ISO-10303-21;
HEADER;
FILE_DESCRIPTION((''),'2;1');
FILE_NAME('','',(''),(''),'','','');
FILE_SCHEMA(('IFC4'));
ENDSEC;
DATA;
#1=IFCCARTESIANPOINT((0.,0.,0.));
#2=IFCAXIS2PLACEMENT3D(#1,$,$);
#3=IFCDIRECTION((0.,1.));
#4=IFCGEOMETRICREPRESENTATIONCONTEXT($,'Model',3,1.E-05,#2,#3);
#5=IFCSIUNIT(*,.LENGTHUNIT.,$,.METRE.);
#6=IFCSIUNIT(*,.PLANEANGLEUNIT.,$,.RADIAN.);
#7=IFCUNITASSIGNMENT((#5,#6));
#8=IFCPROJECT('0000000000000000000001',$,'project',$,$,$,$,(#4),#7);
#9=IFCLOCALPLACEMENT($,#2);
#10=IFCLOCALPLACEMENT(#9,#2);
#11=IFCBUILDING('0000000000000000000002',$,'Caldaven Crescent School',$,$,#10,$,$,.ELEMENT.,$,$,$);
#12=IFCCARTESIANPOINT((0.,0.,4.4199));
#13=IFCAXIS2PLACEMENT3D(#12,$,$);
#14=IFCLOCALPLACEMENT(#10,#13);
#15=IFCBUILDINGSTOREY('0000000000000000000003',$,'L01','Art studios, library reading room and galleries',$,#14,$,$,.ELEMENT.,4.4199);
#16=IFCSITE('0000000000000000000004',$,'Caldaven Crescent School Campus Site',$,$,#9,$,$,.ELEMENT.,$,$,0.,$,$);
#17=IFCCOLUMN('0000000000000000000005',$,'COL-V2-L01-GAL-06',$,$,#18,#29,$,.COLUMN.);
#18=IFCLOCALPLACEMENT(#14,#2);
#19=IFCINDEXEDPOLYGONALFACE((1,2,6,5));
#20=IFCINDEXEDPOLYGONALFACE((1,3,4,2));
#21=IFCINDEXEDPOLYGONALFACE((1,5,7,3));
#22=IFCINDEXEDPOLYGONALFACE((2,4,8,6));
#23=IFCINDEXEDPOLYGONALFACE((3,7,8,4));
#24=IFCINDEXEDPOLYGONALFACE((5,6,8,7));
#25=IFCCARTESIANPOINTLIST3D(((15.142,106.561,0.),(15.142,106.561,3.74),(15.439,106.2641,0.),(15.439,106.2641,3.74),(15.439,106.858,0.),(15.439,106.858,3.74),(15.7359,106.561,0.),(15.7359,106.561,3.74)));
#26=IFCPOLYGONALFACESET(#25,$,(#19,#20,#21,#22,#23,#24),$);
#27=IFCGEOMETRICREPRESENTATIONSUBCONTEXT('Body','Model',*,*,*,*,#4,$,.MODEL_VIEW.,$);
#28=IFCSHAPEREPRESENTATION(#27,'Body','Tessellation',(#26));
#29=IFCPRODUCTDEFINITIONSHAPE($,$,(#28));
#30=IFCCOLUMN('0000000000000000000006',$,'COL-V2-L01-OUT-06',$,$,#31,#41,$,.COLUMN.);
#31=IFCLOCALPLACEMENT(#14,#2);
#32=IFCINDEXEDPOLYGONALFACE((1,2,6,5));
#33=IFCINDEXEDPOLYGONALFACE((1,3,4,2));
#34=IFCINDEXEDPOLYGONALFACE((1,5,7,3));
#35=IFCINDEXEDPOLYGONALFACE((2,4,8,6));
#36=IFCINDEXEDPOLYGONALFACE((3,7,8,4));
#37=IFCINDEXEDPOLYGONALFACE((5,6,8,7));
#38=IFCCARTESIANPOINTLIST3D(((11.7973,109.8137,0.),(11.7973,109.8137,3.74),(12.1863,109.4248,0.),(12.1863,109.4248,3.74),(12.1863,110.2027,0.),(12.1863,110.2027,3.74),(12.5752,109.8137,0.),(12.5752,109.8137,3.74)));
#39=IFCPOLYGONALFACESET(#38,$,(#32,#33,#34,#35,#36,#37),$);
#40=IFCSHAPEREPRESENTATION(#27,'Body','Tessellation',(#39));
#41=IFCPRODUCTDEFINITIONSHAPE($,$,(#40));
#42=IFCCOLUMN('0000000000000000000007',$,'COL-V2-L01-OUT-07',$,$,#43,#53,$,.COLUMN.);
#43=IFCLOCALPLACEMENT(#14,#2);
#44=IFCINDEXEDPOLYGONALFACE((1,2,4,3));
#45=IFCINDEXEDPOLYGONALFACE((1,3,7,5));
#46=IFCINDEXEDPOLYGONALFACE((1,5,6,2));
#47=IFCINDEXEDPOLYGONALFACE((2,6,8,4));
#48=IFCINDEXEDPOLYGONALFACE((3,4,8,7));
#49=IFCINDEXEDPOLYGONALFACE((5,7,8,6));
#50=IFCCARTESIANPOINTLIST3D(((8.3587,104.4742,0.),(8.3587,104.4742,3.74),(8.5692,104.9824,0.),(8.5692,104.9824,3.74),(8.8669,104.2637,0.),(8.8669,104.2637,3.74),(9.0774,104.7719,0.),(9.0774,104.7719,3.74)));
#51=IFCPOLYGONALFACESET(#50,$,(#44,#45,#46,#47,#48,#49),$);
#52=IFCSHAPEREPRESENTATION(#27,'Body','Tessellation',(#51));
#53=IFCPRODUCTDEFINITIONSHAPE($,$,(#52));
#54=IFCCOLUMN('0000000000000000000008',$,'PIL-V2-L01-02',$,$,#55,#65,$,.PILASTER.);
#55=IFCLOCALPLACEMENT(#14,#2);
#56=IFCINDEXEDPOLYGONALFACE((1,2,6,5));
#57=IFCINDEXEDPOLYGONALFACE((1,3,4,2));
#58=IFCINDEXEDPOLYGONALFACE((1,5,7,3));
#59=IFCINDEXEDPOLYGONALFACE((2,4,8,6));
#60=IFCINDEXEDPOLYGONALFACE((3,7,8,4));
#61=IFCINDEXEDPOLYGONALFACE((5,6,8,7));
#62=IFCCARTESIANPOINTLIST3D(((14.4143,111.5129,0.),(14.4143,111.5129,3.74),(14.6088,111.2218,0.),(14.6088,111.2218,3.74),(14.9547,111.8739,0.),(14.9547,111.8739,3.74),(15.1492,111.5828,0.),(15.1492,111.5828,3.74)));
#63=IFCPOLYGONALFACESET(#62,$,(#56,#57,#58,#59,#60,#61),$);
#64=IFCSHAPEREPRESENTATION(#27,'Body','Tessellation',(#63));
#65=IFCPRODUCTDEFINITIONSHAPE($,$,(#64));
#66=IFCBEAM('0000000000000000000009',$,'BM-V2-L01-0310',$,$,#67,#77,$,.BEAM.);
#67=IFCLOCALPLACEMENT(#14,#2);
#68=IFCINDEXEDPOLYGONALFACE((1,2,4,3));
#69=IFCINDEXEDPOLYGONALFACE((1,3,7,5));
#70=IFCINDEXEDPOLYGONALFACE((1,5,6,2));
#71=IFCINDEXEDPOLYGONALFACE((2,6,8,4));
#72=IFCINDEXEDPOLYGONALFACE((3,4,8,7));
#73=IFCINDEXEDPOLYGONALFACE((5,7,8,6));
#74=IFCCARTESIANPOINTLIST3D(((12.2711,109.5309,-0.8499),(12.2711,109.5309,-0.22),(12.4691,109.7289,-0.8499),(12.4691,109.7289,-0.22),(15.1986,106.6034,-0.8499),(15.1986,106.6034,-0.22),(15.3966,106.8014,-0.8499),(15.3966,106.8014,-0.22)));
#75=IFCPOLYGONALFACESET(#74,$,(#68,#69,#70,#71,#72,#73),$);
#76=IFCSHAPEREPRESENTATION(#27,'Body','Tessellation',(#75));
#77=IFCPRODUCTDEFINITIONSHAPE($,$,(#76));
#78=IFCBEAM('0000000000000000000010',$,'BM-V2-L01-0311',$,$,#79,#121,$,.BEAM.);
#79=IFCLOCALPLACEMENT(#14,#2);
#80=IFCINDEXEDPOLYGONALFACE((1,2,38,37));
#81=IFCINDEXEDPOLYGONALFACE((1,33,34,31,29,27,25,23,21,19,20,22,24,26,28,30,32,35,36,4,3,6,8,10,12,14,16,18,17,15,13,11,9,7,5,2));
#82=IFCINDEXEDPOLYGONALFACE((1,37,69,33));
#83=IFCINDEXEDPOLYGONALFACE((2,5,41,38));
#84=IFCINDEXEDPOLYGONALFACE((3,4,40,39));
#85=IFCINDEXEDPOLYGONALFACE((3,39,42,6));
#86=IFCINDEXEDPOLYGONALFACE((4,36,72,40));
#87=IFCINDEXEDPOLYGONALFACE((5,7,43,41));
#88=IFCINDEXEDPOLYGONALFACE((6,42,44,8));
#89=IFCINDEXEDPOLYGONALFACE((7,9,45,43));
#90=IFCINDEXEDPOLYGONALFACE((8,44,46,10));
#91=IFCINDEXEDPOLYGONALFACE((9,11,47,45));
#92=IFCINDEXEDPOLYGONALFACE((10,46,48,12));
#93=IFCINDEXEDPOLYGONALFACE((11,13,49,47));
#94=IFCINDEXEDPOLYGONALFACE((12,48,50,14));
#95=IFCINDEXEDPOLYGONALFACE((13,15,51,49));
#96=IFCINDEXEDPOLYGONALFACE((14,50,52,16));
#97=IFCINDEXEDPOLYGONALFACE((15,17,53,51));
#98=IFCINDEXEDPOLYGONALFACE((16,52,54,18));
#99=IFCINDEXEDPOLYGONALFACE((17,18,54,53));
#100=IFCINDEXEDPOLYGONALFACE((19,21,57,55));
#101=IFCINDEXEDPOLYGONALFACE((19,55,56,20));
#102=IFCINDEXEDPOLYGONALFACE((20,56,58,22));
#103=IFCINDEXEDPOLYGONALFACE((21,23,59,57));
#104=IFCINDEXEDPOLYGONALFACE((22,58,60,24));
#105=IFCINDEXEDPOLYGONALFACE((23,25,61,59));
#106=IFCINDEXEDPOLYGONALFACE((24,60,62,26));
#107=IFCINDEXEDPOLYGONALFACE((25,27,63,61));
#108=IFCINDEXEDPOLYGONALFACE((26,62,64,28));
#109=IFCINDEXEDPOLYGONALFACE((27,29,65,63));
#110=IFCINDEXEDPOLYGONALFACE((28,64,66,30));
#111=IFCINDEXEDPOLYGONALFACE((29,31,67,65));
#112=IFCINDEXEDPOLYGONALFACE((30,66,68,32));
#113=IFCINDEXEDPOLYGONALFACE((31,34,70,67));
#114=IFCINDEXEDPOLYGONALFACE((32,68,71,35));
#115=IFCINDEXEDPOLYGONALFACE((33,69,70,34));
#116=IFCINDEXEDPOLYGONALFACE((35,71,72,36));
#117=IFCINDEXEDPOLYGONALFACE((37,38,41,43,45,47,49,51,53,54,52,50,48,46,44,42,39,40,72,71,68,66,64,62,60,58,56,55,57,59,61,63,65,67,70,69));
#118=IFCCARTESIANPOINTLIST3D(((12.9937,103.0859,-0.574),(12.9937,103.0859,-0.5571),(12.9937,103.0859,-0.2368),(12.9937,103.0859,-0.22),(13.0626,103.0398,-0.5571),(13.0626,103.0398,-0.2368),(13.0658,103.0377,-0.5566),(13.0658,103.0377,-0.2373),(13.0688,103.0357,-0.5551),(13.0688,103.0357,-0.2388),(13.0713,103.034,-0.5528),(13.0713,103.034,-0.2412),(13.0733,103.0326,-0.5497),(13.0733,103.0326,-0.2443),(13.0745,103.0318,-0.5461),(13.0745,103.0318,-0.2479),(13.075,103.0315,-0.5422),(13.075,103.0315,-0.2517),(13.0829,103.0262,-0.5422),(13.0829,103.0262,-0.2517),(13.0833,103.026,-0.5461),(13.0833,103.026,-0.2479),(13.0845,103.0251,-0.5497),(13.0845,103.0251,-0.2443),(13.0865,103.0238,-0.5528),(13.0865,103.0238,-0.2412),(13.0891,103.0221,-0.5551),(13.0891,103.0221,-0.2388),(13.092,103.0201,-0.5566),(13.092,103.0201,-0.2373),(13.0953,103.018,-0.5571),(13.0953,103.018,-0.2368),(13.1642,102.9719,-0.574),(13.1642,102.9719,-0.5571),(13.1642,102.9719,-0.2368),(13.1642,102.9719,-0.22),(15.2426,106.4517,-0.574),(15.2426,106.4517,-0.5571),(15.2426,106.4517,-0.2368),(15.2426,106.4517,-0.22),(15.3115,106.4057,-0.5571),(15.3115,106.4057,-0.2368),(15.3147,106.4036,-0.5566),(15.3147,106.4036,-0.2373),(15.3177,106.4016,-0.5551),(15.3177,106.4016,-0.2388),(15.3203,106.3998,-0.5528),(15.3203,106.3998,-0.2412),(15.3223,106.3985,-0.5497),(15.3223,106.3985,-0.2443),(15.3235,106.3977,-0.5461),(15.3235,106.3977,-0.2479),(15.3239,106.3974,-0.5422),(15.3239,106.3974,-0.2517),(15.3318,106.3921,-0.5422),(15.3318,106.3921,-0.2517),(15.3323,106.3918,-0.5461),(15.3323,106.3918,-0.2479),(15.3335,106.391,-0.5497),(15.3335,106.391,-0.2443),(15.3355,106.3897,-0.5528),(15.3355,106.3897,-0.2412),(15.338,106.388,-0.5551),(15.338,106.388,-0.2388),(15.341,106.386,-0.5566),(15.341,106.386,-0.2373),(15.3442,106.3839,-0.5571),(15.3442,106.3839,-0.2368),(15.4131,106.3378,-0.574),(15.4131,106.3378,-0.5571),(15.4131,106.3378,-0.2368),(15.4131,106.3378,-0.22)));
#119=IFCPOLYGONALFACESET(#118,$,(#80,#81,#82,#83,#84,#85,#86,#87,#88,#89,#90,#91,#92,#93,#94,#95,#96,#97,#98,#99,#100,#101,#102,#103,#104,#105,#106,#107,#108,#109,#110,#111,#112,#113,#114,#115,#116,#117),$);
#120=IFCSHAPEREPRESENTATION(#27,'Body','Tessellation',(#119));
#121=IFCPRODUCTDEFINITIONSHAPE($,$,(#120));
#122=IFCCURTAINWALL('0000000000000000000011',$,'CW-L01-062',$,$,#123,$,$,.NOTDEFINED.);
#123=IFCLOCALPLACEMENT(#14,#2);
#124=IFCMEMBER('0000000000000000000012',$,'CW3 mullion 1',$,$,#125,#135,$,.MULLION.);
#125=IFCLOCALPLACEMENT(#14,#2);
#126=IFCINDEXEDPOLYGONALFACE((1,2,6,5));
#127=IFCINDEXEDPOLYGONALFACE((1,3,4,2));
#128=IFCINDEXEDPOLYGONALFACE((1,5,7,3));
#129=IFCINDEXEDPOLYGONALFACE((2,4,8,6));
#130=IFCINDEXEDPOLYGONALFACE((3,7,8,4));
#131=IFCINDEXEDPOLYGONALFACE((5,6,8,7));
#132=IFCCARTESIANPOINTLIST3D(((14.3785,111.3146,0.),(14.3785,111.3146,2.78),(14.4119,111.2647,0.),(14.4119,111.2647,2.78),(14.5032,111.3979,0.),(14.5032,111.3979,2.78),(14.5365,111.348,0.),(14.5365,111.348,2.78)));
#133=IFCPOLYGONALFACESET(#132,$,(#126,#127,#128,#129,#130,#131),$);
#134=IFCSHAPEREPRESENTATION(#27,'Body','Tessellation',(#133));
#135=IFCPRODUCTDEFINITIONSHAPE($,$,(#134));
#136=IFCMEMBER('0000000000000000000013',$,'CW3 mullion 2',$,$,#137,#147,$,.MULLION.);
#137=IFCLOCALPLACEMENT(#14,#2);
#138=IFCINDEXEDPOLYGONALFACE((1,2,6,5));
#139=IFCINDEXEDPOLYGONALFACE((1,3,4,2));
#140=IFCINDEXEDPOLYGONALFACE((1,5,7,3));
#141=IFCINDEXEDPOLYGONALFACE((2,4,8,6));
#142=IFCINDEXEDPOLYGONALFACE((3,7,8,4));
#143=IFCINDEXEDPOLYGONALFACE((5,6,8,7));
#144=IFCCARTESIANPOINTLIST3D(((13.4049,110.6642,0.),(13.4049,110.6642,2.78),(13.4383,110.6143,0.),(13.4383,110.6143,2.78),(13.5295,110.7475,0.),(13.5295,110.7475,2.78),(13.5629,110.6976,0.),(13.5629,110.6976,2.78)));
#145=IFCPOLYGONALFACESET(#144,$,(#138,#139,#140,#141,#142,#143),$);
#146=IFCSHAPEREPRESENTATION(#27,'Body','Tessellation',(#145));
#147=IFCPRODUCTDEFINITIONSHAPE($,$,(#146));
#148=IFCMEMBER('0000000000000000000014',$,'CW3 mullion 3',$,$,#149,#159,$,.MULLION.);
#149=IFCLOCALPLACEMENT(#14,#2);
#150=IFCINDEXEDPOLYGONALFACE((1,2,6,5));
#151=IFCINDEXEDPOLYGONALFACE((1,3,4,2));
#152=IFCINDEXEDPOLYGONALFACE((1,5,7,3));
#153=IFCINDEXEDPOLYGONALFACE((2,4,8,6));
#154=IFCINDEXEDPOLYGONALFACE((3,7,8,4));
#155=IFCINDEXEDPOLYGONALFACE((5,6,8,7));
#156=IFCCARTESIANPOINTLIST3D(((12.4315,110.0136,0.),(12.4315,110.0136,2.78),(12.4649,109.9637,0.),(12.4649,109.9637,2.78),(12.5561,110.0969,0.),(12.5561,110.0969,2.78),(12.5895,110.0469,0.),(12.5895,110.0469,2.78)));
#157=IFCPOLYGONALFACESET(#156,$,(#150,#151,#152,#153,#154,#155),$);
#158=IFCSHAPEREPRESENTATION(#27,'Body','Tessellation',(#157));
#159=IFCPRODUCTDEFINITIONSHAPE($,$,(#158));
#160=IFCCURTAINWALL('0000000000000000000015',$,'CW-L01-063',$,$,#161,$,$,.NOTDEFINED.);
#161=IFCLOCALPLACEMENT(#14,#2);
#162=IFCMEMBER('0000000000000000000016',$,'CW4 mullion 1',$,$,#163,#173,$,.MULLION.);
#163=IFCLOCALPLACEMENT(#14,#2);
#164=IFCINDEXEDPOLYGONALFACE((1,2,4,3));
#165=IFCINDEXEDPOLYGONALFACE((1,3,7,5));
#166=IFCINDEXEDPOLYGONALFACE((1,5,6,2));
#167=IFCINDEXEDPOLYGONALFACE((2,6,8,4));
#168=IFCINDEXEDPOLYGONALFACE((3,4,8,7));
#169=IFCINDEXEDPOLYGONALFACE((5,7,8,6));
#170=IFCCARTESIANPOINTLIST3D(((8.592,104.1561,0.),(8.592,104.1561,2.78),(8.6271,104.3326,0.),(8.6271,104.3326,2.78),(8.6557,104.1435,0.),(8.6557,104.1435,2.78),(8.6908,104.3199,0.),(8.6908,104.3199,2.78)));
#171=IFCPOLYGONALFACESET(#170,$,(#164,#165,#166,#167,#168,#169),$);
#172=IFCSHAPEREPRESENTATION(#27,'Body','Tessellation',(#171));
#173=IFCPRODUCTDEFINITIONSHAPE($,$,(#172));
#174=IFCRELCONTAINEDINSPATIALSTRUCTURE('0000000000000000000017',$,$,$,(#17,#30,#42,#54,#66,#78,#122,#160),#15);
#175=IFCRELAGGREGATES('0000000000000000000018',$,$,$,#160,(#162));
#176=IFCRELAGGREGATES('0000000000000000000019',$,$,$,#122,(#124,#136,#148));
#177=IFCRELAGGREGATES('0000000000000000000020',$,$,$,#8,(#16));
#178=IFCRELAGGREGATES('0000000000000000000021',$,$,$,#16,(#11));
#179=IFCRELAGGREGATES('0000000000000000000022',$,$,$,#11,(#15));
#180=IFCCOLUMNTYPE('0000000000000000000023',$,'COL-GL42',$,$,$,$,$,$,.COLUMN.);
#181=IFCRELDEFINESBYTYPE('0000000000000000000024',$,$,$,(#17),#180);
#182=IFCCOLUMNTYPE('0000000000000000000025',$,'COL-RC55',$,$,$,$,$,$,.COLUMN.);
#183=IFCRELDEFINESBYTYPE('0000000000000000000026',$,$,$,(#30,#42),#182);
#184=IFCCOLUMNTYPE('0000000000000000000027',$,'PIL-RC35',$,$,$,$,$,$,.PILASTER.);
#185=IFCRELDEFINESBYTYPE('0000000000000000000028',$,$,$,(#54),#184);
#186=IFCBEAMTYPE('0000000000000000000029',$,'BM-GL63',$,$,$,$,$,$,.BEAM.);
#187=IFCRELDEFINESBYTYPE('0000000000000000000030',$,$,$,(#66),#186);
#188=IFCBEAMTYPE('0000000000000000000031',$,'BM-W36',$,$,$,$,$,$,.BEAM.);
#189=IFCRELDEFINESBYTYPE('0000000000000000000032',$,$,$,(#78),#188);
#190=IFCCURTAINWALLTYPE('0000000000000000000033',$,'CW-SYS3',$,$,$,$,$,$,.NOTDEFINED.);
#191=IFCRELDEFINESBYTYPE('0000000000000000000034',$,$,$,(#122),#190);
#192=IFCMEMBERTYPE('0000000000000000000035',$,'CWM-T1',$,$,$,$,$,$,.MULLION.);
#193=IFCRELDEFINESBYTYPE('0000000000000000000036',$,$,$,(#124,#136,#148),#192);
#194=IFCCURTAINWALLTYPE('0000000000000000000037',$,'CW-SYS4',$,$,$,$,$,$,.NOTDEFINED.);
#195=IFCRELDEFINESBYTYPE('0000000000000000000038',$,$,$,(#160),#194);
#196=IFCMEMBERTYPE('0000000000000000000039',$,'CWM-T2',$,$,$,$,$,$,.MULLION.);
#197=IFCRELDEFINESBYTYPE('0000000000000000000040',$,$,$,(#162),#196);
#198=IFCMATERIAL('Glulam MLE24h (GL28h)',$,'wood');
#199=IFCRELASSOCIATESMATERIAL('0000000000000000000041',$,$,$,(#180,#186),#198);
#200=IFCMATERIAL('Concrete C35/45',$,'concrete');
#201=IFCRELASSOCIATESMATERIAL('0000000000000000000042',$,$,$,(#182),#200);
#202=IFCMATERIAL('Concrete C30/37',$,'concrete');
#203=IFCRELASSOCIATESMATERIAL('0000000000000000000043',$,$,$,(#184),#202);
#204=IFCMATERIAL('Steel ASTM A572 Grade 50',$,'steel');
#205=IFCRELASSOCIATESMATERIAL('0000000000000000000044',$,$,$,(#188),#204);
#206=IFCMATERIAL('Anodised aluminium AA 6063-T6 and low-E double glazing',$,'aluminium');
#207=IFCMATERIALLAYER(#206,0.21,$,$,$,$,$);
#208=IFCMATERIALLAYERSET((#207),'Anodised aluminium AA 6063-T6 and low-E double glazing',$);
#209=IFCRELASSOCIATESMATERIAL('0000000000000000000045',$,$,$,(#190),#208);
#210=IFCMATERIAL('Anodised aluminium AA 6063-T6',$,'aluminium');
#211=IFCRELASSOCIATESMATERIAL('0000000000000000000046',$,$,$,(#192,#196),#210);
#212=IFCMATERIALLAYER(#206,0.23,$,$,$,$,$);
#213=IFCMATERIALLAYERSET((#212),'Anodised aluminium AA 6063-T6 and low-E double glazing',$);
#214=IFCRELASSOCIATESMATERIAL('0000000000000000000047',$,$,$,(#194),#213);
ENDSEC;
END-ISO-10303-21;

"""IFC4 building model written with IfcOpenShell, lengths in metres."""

from ifc_helpers import new_model, si_unit, direction, frame, origin, origin_2d, place, context, subcontext, project, spatial, rectangle, i_section, extrude, material, layer, layer_set, material_profile, profile_set, type_object, element, aggregate, save


model = new_model("IFC4")

# Units and contexts
model_context = context("Model", 3, precision=1e-05, world=origin(), true_north=direction((0.0, 1.0)))
body_context = subcontext(model_context, "Body", "Model", "MODEL_VIEW")
ifc_project = project(units=[si_unit("LENGTHUNIT", "METRE"), si_unit("PLANEANGLEUNIT", "RADIAN")], contexts=[model_context])

# Site, building, storey
site_placement = place(None, origin())
site = spatial("IfcSite", under=ifc_project, at=site_placement, Name="Caldaven Crescent School Campus Site", CompositionType="ELEMENT", RefElevation=0.0)
building_placement = place(site_placement, origin())
building = spatial("IfcBuilding", under=site, at=building_placement, Name="Caldaven Crescent School", CompositionType="ELEMENT")
storey_placement = place(building_placement, frame((0.0, 0.0, 4.4199)))
storey = spatial("IfcBuildingStorey", under=building, at=storey_placement, Name="L01", Description="Art studios, library reading room and galleries", CompositionType="ELEMENT", Elevation=4.4199)

# Columns
ifc_material_1 = material(Name="Glulam MLE24h (GL28h)", Category="wood")
ifc_material_profile_1 = material_profile(ifc_material_1, rectangle(XDim=0.4199, YDim=0.4199, at=origin_2d()), Name="MLE 420x420")
ifc_profile_set_1 = profile_set([ifc_material_profile_1], Name="Glulam MLE24h (GL28h)")
column_type_1 = type_object("IfcColumnType", Name="COL-GL42", PredefinedType="COLUMN", material=ifc_profile_set_1)
column_1_placement = place(storey_placement, frame((15.439, 106.561, 0.0), z_axis=(0.0, 0.0, 1.0), x_axis=(-0.707107, 0.707107, 0.0)))
element("IfcColumn", 1, at=column_1_placement, inside=storey, type_object=column_type_1, Name="COL-V2-L01-GAL-06", PredefinedType="COLUMN", context=body_context, shape_type="SweptSolid", body=[
    extrude(rectangle(XDim=0.4199, YDim=0.4199, at=origin_2d()), origin(), (0.0, 0.0, 1.0), 3.74),
])
ifc_material_2 = material(Name="Concrete C35/45", Category="concrete")
ifc_material_profile_2 = material_profile(ifc_material_2, rectangle(XDim=0.55, YDim=0.55, at=origin_2d()), Name="RC 550x550")
ifc_profile_set_2 = profile_set([ifc_material_profile_2], Name="Concrete C35/45")
column_type_2 = type_object("IfcColumnType", Name="COL-RC55", PredefinedType="COLUMN", material=ifc_profile_set_2)
for number, where, z_axis, x_axis, name in (
    (2, (12.1863, 109.8137, 0.0), (0.0, 0.0, 1.0), (-0.707107, 0.707107, 0.0), "COL-V2-L01-OUT-06"),
    (3, (8.718, 104.623, 0.0), (0.0, 0.0, 1.0), (-0.92388, 0.382683, 0.0), "COL-V2-L01-OUT-07"),
):
    element("IfcColumn", number, at=place(storey_placement, frame(where, z_axis=z_axis, x_axis=x_axis)), inside=storey, type_object=column_type_2, Name=name, PredefinedType="COLUMN", context=body_context, shape_type="SweptSolid", body=[
        extrude(rectangle(XDim=0.55, YDim=0.55, at=origin_2d()), origin(), (0.0, 0.0, 1.0), 3.74),
    ])
ifc_material_3 = material(Name="Concrete C30/37", Category="concrete")
ifc_material_profile_3 = material_profile(ifc_material_3, rectangle(XDim=0.3501, YDim=0.6499, at=origin_2d()), Name="RC 350x650")
ifc_profile_set_3 = profile_set([ifc_material_profile_3], Name="Concrete C30/37")
column_type_3 = type_object("IfcColumnType", Name="PIL-RC35", PredefinedType="PILASTER", material=ifc_profile_set_3)
column_2_placement = place(storey_placement, frame((14.7817, 111.5479, 0.0), z_axis=(0.0, 0.0, 1.0), x_axis=(-0.55557, 0.83147, 0.0)))
element("IfcColumn", 4, at=column_2_placement, inside=storey, type_object=column_type_3, Name="PIL-V2-L01-02", PredefinedType="PILASTER", context=body_context, shape_type="SweptSolid", body=[
    extrude(rectangle(XDim=0.3501, YDim=0.6499, at=origin_2d()), origin(), (0.0, 0.0, 1.0), 3.74),
])

# Beams
ifc_material_profile_4 = material_profile(ifc_material_1, rectangle(XDim=0.28, YDim=0.6299, at=origin_2d()), Name="MLE 280x630")
ifc_profile_set_4 = profile_set([ifc_material_profile_4], Name="Glulam MLE24h (GL28h)")
beam_type_1 = type_object("IfcBeamType", Name="BM-GL63", PredefinedType="BEAM", material=ifc_profile_set_4)
beam_1_placement = place(storey_placement, frame((15.2976, 106.7024, -0.5349), z_axis=(-0.707107, 0.707107, 0.0), x_axis=(-0.707107, -0.707107, 0.0)))
element("IfcBeam", 5, at=beam_1_placement, inside=storey, type_object=beam_type_1, Name="BM-V2-L01-0310", PredefinedType="BEAM", context=body_context, shape_type="SweptSolid", body=[
    extrude(rectangle(XDim=0.28, YDim=0.6299, at=origin_2d()), origin(), (0.0, 0.0, 1.0), 4.1401),
])
ifc_material_4 = material(Name="Steel ASTM A572 Grade 50", Category="steel")
ifc_material_profile_5 = material_profile(ifc_material_4, i_section(OverallWidth=0.2051, OverallDepth=0.354, WebThickness=0.0095, FlangeThickness=0.0168, FilletRadius=0.0149, at=origin_2d()), Name="W360x79")
ifc_profile_set_5 = profile_set([ifc_material_profile_5], Name="Steel ASTM A572 Grade 50")
beam_type_2 = type_object("IfcBeamType", Name="BM-W36", PredefinedType="BEAM", material=ifc_profile_set_5)
beam_2_placement = place(storey_placement, frame((15.3279, 106.3948, -0.397), z_axis=(-0.555563, -0.831475, 0.0), x_axis=(0.831475, -0.555563, 0.0)))
element("IfcBeam", 6, at=beam_2_placement, inside=storey, type_object=beam_type_2, Name="BM-V2-L01-0311", PredefinedType="BEAM", context=body_context, shape_type="SweptSolid", body=[
    extrude(i_section(OverallWidth=0.2051, OverallDepth=0.354, WebThickness=0.0095, FlangeThickness=0.0168, FilletRadius=0.0149, at=origin_2d()), origin(), (0.0, 0.0, 1.0), 4.0481),
])

# Curtain wall, members
ifc_material_5 = material(Name="Anodised aluminium AA 6063-T6 and low-E double glazing", Category="aluminium")
ifc_layer_1 = layer(ifc_material_5, 0.21)
ifc_layer_set_1 = layer_set([ifc_layer_1], Name="Anodised aluminium AA 6063-T6 and low-E double glazing")
curtain_wall_type_1 = type_object("IfcCurtainWallType", Name="CW-SYS3", PredefinedType="NOTDEFINED", material=ifc_layer_set_1)
curtain_wall_1_placement = place(storey_placement, origin())
curtain_wall_1 = element("IfcCurtainWall", 7, at=curtain_wall_1_placement, inside=storey, type_object=curtain_wall_type_1, Name="CW-L01-062", PredefinedType="NOTDEFINED")
ifc_material_6 = material(Name="Anodised aluminium AA 6063-T6", Category="aluminium")
ifc_material_profile_6 = material_profile(ifc_material_6, rectangle(XDim=0.0601, YDim=0.1499, at=origin_2d()), Name="CWM 60x150")
ifc_profile_set_6 = profile_set([ifc_material_profile_6], Name="Anodised aluminium AA 6063-T6")
member_type_1 = type_object("IfcMemberType", Name="CWM-T1", PredefinedType="MULLION", material=ifc_profile_set_6)
member_1_placement = place(storey_placement, frame((14.4575, 111.3313, 0.0), z_axis=(0.0, 0.0, 1.0), x_axis=(0.555572, -0.831468, 0.0)))
member_1 = element("IfcMember", 8, at=member_1_placement, type_object=member_type_1, Name="CW3 mullion 1", PredefinedType="MULLION", context=body_context, shape_type="SweptSolid", body=[
    extrude(rectangle(XDim=0.0601, YDim=0.1499, at=origin_2d()), origin(), (0.0, 0.0, 1.0), 2.78),
])
member_2_placement = place(storey_placement, frame((13.4839, 110.6809, 0.0), z_axis=(0.0, 0.0, 1.0), x_axis=(0.555572, -0.831468, 0.0)))
member_2 = element("IfcMember", 9, at=member_2_placement, type_object=member_type_1, Name="CW3 mullion 2", PredefinedType="MULLION", context=body_context, shape_type="SweptSolid", body=[
    extrude(rectangle(XDim=0.0601, YDim=0.1499, at=origin_2d()), origin(), (0.0, 0.0, 1.0), 2.78),
])
member_3_placement = place(storey_placement, frame((12.5105, 110.0303, 0.0), z_axis=(0.0, 0.0, 1.0), x_axis=(0.555572, -0.831468, 0.0)))
member_3 = element("IfcMember", 10, at=member_3_placement, type_object=member_type_1, Name="CW3 mullion 3", PredefinedType="MULLION", context=body_context, shape_type="SweptSolid", body=[
    extrude(rectangle(XDim=0.0601, YDim=0.1499, at=origin_2d()), origin(), (0.0, 0.0, 1.0), 2.78),
])

# Curtain wall, member
ifc_layer_2 = layer(ifc_material_5, 0.23)
ifc_layer_set_2 = layer_set([ifc_layer_2], Name="Anodised aluminium AA 6063-T6 and low-E double glazing")
curtain_wall_type_2 = type_object("IfcCurtainWallType", Name="CW-SYS4", PredefinedType="NOTDEFINED", material=ifc_layer_set_2)
curtain_wall_2_placement = place(storey_placement, origin())
curtain_wall_2 = element("IfcCurtainWall", 11, at=curtain_wall_2_placement, inside=storey, type_object=curtain_wall_type_2, Name="CW-L01-063", PredefinedType="NOTDEFINED")
ifc_material_profile_7 = material_profile(ifc_material_6, rectangle(XDim=0.0649, YDim=0.1799, at=origin_2d()), Name="CWM 65x180")
ifc_profile_set_7 = profile_set([ifc_material_profile_7], Name="Anodised aluminium AA 6063-T6")
member_type_2 = type_object("IfcMemberType", Name="CWM-T2", PredefinedType="MULLION", material=ifc_profile_set_7)
member_4_placement = place(storey_placement, frame((8.6414, 104.238, 0.0), z_axis=(0.0, 0.0, 1.0), x_axis=(0.980786, -0.195087, 0.0)))
member_4 = element("IfcMember", 12, at=member_4_placement, type_object=member_type_2, Name="CW4 mullion 1", PredefinedType="MULLION", context=body_context, shape_type="SweptSolid", body=[
    extrude(rectangle(XDim=0.0649, YDim=0.1799, at=origin_2d()), origin(), (0.0, 0.0, 1.0), 2.78),
])
aggregate(curtain_wall_2, [member_4])

aggregate(curtain_wall_1, [member_1, member_2, member_3])

save(model, "model.ifc")
